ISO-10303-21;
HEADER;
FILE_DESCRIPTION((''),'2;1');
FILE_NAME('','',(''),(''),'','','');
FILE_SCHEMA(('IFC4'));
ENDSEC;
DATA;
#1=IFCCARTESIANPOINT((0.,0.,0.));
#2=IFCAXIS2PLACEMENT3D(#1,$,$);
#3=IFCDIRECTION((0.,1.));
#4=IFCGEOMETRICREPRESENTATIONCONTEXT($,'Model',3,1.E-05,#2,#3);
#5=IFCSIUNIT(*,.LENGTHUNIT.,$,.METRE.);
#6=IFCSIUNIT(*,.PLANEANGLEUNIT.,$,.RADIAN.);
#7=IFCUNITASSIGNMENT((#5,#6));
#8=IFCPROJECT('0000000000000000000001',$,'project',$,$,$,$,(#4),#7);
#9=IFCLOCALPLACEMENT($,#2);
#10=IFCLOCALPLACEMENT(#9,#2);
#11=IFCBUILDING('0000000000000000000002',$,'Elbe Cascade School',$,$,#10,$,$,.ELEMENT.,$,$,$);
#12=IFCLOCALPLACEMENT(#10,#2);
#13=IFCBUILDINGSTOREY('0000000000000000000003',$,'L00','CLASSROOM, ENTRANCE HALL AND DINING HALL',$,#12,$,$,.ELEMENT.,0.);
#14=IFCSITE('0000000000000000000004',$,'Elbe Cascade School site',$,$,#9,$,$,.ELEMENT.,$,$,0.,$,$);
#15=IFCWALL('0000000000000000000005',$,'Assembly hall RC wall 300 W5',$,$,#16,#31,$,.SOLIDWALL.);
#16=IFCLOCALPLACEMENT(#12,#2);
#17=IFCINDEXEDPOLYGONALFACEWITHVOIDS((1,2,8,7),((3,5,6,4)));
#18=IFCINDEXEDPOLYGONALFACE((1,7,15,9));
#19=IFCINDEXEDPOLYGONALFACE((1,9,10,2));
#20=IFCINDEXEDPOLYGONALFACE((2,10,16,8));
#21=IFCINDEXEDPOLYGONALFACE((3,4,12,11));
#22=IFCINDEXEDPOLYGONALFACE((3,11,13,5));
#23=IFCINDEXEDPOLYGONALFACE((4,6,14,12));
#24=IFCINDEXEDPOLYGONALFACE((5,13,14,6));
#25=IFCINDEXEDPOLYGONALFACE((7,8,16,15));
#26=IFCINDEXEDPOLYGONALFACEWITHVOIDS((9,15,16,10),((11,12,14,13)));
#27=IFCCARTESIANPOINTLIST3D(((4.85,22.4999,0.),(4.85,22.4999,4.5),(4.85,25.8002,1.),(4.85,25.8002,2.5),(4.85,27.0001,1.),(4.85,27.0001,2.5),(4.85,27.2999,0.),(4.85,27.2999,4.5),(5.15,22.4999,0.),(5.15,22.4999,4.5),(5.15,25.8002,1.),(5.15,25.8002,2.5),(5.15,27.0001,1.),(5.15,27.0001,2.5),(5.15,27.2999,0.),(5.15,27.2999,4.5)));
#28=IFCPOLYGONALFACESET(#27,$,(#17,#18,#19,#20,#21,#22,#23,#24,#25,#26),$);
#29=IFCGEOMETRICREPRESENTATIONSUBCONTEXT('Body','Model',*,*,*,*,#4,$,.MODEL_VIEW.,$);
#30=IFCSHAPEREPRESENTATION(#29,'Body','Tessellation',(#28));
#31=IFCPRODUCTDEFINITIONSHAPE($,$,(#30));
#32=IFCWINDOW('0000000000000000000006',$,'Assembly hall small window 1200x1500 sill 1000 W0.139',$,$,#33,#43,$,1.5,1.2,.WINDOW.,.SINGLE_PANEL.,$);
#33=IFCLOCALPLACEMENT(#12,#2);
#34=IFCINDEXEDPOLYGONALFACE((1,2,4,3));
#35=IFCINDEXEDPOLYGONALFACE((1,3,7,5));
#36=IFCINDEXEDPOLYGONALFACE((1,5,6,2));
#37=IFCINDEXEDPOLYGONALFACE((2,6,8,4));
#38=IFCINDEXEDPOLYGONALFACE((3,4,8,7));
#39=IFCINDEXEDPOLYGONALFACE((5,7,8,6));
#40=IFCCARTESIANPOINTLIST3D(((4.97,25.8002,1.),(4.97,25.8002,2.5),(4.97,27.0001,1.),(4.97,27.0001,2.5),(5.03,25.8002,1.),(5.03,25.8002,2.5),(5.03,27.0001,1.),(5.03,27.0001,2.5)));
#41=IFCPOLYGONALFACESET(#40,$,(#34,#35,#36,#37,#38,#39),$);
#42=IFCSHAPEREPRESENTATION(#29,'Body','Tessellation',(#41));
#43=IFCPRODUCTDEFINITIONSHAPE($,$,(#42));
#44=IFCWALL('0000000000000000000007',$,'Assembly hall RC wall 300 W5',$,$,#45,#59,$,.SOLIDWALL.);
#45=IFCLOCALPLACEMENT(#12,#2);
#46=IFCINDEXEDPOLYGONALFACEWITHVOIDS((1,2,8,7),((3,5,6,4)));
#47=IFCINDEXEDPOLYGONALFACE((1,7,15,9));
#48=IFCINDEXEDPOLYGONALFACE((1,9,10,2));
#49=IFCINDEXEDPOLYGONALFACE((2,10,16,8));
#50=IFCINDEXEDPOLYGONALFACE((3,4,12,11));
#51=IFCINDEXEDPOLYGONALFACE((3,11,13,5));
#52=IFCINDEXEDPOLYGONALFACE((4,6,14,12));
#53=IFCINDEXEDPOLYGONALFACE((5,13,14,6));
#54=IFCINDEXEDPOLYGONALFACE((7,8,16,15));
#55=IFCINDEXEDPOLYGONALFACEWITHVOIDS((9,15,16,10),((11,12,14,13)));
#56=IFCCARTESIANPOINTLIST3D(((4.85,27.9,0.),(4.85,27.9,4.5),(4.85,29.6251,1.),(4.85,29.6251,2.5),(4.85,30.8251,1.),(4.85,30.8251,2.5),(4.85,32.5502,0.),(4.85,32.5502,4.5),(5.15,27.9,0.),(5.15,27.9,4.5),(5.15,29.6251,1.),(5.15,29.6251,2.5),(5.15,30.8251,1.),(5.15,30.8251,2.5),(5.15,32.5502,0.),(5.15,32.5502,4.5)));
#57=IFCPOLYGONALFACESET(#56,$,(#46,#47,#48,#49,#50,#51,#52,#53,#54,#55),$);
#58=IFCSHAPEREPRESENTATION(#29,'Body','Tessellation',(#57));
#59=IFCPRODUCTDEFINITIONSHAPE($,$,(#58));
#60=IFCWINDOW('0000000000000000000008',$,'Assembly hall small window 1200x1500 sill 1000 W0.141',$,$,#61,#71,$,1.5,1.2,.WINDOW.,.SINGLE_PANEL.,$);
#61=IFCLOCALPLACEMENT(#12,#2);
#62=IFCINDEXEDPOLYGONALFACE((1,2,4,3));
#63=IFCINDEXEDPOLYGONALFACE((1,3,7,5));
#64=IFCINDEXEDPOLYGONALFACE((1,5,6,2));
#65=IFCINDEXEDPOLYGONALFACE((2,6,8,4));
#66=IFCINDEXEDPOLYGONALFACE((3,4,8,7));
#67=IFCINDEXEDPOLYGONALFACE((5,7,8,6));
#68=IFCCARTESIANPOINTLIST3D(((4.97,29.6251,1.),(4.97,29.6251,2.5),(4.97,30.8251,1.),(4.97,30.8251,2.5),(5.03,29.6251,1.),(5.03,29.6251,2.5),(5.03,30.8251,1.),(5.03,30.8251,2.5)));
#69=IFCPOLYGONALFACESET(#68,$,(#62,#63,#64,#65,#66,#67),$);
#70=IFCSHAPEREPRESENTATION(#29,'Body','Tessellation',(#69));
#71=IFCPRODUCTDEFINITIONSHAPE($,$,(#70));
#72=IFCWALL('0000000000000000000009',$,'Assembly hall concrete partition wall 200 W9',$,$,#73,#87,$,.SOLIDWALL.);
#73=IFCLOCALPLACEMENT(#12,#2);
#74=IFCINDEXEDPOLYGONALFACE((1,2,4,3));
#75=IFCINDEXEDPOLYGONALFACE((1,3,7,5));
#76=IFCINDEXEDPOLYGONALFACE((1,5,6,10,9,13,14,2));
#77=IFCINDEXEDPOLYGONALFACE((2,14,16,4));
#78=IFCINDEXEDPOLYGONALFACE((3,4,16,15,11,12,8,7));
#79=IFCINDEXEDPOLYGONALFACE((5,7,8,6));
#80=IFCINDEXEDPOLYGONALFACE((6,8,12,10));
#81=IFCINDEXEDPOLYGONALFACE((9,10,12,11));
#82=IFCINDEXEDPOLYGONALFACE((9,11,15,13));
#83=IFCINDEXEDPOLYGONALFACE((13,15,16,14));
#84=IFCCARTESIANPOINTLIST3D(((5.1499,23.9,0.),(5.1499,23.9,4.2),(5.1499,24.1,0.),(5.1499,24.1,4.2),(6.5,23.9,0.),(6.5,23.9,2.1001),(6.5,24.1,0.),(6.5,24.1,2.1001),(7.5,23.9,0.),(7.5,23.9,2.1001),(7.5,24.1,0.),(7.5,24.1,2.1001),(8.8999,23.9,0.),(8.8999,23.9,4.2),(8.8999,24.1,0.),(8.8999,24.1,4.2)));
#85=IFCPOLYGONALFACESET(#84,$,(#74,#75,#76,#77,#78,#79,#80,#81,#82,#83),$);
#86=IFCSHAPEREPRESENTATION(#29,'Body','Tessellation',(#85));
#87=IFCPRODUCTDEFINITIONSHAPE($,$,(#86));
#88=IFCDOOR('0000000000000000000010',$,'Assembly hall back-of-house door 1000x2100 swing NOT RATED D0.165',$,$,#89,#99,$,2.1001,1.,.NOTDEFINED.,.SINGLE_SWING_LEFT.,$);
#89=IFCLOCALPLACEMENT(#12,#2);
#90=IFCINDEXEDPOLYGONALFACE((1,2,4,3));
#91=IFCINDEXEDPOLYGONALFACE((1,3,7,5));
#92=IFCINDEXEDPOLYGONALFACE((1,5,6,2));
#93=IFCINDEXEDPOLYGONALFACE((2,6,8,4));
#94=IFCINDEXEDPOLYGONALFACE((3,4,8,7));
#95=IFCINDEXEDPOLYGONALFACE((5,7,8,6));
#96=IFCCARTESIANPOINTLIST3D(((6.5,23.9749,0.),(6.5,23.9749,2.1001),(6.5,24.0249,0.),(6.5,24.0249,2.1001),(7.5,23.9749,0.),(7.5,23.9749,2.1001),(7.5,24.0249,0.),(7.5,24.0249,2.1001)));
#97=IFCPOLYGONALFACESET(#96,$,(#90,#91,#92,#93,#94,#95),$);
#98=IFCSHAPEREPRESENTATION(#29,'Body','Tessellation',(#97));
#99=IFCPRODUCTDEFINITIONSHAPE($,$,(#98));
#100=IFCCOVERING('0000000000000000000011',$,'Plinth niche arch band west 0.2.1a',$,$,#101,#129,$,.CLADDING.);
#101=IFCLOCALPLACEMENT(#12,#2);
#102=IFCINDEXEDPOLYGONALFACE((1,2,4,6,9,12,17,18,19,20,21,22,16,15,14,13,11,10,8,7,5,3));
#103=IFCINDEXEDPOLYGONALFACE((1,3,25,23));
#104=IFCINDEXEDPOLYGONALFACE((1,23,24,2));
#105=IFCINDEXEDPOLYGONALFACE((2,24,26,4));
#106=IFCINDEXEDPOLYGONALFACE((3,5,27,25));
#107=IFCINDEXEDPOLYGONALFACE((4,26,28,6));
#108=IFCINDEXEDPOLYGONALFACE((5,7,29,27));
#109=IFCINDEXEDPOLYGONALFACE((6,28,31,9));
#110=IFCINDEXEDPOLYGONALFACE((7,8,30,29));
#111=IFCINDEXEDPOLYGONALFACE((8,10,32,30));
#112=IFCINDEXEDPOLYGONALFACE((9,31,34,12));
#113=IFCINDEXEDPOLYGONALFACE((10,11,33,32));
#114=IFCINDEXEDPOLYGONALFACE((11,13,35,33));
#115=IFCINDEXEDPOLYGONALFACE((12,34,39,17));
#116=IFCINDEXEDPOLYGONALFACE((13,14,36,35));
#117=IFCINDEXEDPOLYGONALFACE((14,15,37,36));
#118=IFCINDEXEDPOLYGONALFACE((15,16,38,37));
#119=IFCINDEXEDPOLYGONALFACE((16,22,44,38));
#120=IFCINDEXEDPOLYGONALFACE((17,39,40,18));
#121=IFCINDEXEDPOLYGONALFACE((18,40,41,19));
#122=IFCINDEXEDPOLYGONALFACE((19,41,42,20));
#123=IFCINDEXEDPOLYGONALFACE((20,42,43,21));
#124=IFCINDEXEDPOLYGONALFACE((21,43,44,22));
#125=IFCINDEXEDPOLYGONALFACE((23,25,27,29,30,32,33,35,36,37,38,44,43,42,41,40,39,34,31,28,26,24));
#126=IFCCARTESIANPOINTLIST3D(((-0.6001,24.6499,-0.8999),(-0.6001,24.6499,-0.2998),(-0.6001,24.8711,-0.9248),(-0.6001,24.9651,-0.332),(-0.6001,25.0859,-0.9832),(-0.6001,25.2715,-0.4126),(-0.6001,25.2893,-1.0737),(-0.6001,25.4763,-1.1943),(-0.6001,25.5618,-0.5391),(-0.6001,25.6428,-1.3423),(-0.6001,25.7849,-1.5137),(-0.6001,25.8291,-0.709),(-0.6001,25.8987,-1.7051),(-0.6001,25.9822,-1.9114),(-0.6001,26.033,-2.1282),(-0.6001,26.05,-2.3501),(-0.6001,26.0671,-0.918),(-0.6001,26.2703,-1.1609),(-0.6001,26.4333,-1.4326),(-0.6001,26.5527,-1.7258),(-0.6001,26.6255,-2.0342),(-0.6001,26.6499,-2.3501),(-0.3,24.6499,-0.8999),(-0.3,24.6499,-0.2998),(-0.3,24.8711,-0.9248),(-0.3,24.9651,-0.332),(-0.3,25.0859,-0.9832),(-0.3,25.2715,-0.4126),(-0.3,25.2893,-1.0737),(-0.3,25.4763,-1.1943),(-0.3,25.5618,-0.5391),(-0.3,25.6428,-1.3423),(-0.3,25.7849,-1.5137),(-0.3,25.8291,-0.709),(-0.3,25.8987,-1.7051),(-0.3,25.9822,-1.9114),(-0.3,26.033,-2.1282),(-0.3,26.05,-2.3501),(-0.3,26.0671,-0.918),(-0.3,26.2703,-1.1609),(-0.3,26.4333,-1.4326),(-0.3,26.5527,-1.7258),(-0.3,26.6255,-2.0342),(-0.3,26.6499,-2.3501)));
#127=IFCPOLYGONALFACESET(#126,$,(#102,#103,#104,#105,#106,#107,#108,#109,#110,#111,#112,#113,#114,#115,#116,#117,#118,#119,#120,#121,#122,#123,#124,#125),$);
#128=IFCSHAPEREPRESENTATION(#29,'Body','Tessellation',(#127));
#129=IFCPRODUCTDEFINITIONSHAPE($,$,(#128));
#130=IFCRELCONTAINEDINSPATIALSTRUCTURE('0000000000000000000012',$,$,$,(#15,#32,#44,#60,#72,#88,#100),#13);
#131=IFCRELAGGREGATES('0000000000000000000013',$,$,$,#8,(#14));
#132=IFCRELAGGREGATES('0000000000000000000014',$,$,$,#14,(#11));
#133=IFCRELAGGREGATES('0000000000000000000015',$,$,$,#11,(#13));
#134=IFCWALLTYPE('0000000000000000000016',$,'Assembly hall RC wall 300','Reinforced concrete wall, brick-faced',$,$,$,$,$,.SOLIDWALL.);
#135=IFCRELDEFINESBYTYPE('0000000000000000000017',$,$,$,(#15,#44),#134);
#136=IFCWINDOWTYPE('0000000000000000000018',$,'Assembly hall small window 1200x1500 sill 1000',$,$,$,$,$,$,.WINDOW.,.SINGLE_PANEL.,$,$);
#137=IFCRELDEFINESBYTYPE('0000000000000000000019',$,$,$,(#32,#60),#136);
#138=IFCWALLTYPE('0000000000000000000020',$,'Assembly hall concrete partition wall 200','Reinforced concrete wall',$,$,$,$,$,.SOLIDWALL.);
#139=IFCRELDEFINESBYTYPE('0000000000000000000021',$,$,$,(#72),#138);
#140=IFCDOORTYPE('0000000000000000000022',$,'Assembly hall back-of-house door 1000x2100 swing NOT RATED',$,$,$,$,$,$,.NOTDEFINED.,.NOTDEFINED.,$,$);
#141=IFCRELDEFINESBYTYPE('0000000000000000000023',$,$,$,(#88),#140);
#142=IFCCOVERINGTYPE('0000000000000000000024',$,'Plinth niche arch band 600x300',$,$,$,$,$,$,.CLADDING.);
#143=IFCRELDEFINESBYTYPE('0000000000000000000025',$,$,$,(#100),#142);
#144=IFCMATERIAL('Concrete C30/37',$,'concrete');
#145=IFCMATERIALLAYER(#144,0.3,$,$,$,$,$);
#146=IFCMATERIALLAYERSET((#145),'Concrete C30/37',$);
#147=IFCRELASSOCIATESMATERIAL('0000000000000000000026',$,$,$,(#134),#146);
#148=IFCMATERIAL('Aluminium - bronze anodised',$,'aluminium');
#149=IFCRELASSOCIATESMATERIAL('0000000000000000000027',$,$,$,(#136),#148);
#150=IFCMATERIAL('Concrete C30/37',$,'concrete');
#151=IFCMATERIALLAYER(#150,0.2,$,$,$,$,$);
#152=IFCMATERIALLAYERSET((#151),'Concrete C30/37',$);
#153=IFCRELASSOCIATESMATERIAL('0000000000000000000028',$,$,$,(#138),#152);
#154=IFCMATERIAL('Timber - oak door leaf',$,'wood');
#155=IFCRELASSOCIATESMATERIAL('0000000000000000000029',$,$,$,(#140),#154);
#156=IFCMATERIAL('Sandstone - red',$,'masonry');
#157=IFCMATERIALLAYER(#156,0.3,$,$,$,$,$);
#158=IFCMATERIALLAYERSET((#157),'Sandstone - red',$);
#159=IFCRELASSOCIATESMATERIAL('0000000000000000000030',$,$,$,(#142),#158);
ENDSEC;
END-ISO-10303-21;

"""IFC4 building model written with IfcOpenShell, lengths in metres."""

from ifc_helpers import new_model, si_unit, direction, frame, frame_2d, origin, place, context, subcontext, project, spatial, polyline, rectangle, outline, extrude, material, layer, layer_set, type_object, element, fill, save


model = new_model("IFC4")

# Units and contexts
model_context = context("Model", 3, precision=1e-05, world=origin(), true_north=direction((0.0, 1.0)))
body_context = subcontext(model_context, "Body", "Model", "MODEL_VIEW")
ifc_project = project(units=[si_unit("LENGTHUNIT", "METRE"), si_unit("PLANEANGLEUNIT", "RADIAN")], contexts=[model_context])

# Site, building, storey
site_placement = place(None, origin())
site = spatial("IfcSite", under=ifc_project, at=site_placement, Name="Elbe Cascade School site", CompositionType="ELEMENT", RefElevation=0.0)
building_placement = place(site_placement, origin())
building = spatial("IfcBuilding", under=site, at=building_placement, Name="Elbe Cascade School", CompositionType="ELEMENT")
storey_placement = place(building_placement, origin())
storey = spatial("IfcBuildingStorey", under=building, at=storey_placement, Name="L00", Description="CLASSROOM, ENTRANCE HALL AND DINING HALL", CompositionType="ELEMENT", Elevation=0.0)

# Shared definitions
ifc_material_1 = material(Name="Concrete C30/37", Category="concrete")
ifc_layer_1 = layer(ifc_material_1, 0.3)
ifc_layer_set_1 = layer_set([ifc_layer_1], Name="Concrete C30/37")
wall_type_1 = type_object("IfcWallType", Name="Assembly hall RC wall 300", Description="Reinforced concrete wall, brick-faced", PredefinedType="SOLIDWALL", material=ifc_layer_set_1)

# Walls, openings, windows
wall_1_placement = place(storey_placement, frame((5.0, 22.5, 0.0), z_axis=(0.0, 0.0, 1.0), x_axis=(0.0, 1.0, 0.0)))
wall_1 = element("IfcWall", 1, at=wall_1_placement, inside=storey, type_object=wall_type_1, Name="Assembly hall RC wall 300 W5", PredefinedType="SOLIDWALL", context=body_context, shape_type="SweptSolid", body=[
    extrude(rectangle(XDim=4.8, YDim=0.3, at=frame_2d((2.3999, 0.0))), origin(), (0.0, 0.0, 1.0), 4.5),
])
opening_1_placement = place(wall_1_placement, frame((3.3, 0.0, 1.0)))
opening_1 = element("IfcOpeningElement", 2, at=opening_1_placement, cuts=wall_1, PredefinedType="OPENING", context=body_context, shape_type="SweptSolid", body=[
    extrude(rectangle(XDim=1.2, YDim=1.5, at=frame_2d((0.6001, 0.75))), frame((0.0, 0.1599, 0.0), z_axis=(0.0, -1.0, 0.0), x_axis=(1.0, 0.0, 0.0)), (0.0, 0.0, 1.0), 0.3201),
])
ifc_material_2 = material(Name="Aluminium - bronze anodised", Category="aluminium")
window_type = type_object("IfcWindowType", Name="Assembly hall small window 1200x1500 sill 1000", PartitioningType="SINGLE_PANEL", PredefinedType="WINDOW", material=ifc_material_2)
window_1_placement = place(opening_1_placement, origin())
window_1 = element("IfcWindow", 3, at=window_1_placement, inside=storey, type_object=window_type, Name="Assembly hall small window 1200x1500 sill 1000 W0.139", OverallHeight=1.5, OverallWidth=1.2, PartitioningType="SINGLE_PANEL", PredefinedType="WINDOW", context=body_context, shape_type="SweptSolid", body=[
    extrude(rectangle(XDim=1.2, YDim=1.5, at=frame_2d((0.6001, 0.75))), frame((0.0, 0.03, 0.0), z_axis=(0.0, -1.0, 0.0), x_axis=(1.0, 0.0, 0.0)), (0.0, 0.0, 1.0), 0.0601),
])
fill(opening_1, window_1)
wall_2_placement = place(storey_placement, frame((5.0, 27.8999, 0.0), z_axis=(0.0, 0.0, 1.0), x_axis=(0.0, 1.0, 0.0)))
wall_2 = element("IfcWall", 4, at=wall_2_placement, inside=storey, type_object=wall_type_1, Name="Assembly hall RC wall 300 W5", PredefinedType="SOLIDWALL", context=body_context, shape_type="SweptSolid", body=[
    extrude(rectangle(XDim=4.6501, YDim=0.3, at=frame_2d((2.3252, 0.0))), origin(), (0.0, 0.0, 1.0), 4.5),
])
opening_2_placement = place(wall_2_placement, frame((1.7251, 0.0, 1.0)))
opening_2 = element("IfcOpeningElement", 5, at=opening_2_placement, cuts=wall_2, PredefinedType="OPENING", context=body_context, shape_type="SweptSolid", body=[
    extrude(rectangle(XDim=1.2, YDim=1.5, at=frame_2d((0.6001, 0.75))), frame((0.0, 0.1599, 0.0), z_axis=(0.0, -1.0, 0.0), x_axis=(1.0, 0.0, 0.0)), (0.0, 0.0, 1.0), 0.3201),
])
window_2_placement = place(opening_2_placement, origin())
window_2 = element("IfcWindow", 6, at=window_2_placement, inside=storey, type_object=window_type, Name="Assembly hall small window 1200x1500 sill 1000 W0.141", OverallHeight=1.5, OverallWidth=1.2, PartitioningType="SINGLE_PANEL", PredefinedType="WINDOW", context=body_context, shape_type="SweptSolid", body=[
    extrude(rectangle(XDim=1.2, YDim=1.5, at=frame_2d((0.6001, 0.75))), frame((0.0, 0.03, 0.0), z_axis=(0.0, -1.0, 0.0), x_axis=(1.0, 0.0, 0.0)), (0.0, 0.0, 1.0), 0.0601),
])
fill(opening_2, window_2)

# Wall, opening, door
ifc_material_3 = material(Name="Concrete C30/37", Category="concrete")
ifc_layer_2 = layer(ifc_material_3, 0.2)
ifc_layer_set_2 = layer_set([ifc_layer_2], Name="Concrete C30/37")
wall_type_2 = type_object("IfcWallType", Name="Assembly hall concrete partition wall 200", Description="Reinforced concrete wall", PredefinedType="SOLIDWALL", material=ifc_layer_set_2)
wall_3_placement = place(storey_placement, frame((5.1499, 24.0, 0.0), z_axis=(0.0, 0.0, 1.0), x_axis=(1.0, 0.0, 0.0)))
wall_3 = element("IfcWall", 7, at=wall_3_placement, inside=storey, type_object=wall_type_2, Name="Assembly hall concrete partition wall 200 W9", PredefinedType="SOLIDWALL", context=body_context, shape_type="SweptSolid", body=[
    extrude(rectangle(XDim=3.75, YDim=0.2, at=frame_2d((1.875, 0.0))), origin(), (0.0, 0.0, 1.0), 4.2),
])
opening_3_placement = place(wall_3_placement, frame((1.3501, 0.0, 0.0)))
opening_3 = element("IfcOpeningElement", 8, at=opening_3_placement, cuts=wall_3, PredefinedType="OPENING", context=body_context, shape_type="SweptSolid", body=[
    extrude(rectangle(XDim=1.0, YDim=2.1001, at=frame_2d((0.5, 1.05))), frame((0.0, 0.1099, 0.0), z_axis=(0.0, -1.0, 0.0), x_axis=(1.0, 0.0, 0.0)), (0.0, 0.0, 1.0), 0.22),
])
ifc_material_4 = material(Name="Timber - oak door leaf", Category="wood")
door_type_1 = type_object("IfcDoorType", Name="Assembly hall back-of-house door 1000x2100 swing NOT RATED", OperationType="NOTDEFINED", PredefinedType="NOTDEFINED", material=ifc_material_4)
door_1_placement = place(opening_3_placement, origin())
door_1 = element("IfcDoor", 9, at=door_1_placement, inside=storey, type_object=door_type_1, Name="Assembly hall back-of-house door 1000x2100 swing NOT RATED D0.165", OperationType="SINGLE_SWING_LEFT", OverallHeight=2.1001, OverallWidth=1.0, PredefinedType="NOTDEFINED", context=body_context, shape_type="SweptSolid", body=[
    extrude(rectangle(XDim=1.0, YDim=2.1001, at=frame_2d((0.5, 1.05))), frame((0.0, 0.0249, 0.0), z_axis=(0.0, -1.0, 0.0), x_axis=(1.0, 0.0, 0.0)), (0.0, 0.0, 1.0), 0.05),
])
fill(opening_3, door_1)

# Covering
ifc_material_5 = material(Name="Sandstone - red", Category="masonry")
ifc_layer_3 = layer(ifc_material_5, 0.3)
ifc_layer_set_3 = layer_set([ifc_layer_3], Name="Sandstone - red")
covering_type = type_object("IfcCoveringType", Name="Plinth niche arch band 600x300", PredefinedType="CLADDING", material=ifc_layer_set_3)
covering_1_placement = place(storey_placement, frame((-0.6001, 26.6499, -2.3501), z_axis=(-1.0, 0.0, 0.0), x_axis=(0.0, -1.0, 0.0)))
element("IfcCovering", 10, at=covering_1_placement, inside=storey, type_object=covering_type, Name="Plinth niche arch band west 0.2.1a", PredefinedType="CLADDING", context=body_context, shape_type="SweptSolid", body=[
    extrude(outline(polyline([(0.0, 0.0), (0.5999, 0.0), (0.6169, 0.2219), (0.6677, 0.4387), (0.7512, 0.645), (0.865, 0.8364), (1.0071, 1.0078), (1.1736, 1.1558), (1.3606, 1.2764), (1.564, 1.3669), (1.7788, 1.4253), (2.0, 1.4502), (2.0, 2.0503), (1.6848, 2.0181), (1.3784, 1.9375), (1.0881, 1.811), (0.8208, 1.6411), (0.5828, 1.4321), (0.3796, 1.1892), (0.2166, 0.9175), (0.0972, 0.6243), (0.0244, 0.3159), (0.0, 0.0)])), origin(), (0.0, 0.0, -1.0), 0.3),
])

save(model, "model.ifc")
